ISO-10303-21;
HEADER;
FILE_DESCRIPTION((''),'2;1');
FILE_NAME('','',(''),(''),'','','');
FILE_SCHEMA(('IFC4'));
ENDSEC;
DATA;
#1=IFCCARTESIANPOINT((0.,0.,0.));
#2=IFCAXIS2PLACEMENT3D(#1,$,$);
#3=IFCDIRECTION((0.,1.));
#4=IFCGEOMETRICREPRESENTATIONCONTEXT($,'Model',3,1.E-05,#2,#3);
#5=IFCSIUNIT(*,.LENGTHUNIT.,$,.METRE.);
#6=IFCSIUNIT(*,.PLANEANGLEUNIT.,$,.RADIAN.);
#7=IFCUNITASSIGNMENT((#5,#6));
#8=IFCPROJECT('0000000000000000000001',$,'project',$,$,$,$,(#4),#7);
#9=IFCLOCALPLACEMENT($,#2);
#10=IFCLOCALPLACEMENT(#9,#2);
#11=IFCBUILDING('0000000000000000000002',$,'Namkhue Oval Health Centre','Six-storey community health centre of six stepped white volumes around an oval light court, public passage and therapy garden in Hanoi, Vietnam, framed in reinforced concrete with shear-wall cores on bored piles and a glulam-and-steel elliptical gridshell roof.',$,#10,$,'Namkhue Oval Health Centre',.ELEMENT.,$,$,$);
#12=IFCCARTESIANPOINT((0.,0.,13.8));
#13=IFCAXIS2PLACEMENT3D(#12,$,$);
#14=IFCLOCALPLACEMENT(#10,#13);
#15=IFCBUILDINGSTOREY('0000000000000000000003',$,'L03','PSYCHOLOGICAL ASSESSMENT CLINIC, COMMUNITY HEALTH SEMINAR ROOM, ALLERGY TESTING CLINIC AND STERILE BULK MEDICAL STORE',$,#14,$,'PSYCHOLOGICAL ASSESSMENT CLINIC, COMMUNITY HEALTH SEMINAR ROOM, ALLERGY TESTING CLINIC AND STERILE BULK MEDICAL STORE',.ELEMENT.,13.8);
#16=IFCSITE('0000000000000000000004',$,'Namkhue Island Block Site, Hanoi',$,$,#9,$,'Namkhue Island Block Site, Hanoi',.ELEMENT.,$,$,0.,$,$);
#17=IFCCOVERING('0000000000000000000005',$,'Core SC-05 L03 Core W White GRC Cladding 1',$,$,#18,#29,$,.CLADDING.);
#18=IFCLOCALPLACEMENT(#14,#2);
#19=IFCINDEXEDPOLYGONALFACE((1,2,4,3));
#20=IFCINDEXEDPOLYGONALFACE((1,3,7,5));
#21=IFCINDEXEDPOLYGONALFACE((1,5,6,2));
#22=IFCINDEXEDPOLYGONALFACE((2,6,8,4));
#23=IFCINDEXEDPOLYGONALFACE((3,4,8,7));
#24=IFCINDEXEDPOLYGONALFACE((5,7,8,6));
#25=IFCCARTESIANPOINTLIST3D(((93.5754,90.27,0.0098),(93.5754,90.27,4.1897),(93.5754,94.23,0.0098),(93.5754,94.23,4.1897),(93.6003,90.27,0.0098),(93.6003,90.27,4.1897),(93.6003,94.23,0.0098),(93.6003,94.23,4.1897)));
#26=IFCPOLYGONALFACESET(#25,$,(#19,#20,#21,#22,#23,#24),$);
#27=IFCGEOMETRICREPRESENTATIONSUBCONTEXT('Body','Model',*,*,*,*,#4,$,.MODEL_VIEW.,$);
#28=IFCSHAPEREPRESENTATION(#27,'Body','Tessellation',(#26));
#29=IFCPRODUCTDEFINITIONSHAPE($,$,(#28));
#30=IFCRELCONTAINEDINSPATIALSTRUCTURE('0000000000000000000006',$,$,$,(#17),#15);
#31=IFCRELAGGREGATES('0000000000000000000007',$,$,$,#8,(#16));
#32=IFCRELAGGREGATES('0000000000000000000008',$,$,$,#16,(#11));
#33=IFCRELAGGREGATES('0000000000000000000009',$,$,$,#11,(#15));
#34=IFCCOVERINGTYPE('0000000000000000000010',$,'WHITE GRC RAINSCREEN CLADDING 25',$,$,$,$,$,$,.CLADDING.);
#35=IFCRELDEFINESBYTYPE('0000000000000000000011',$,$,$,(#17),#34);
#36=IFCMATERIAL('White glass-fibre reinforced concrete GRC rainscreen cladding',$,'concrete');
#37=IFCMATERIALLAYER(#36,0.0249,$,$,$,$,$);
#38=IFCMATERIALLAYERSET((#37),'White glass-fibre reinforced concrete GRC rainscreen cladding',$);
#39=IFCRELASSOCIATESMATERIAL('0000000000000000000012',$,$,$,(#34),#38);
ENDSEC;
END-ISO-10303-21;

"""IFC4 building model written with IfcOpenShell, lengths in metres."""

from ifc_helpers import new_model, si_unit, direction, frame, origin, origin_2d, place, context, subcontext, project, spatial, rectangle, extrude, material, layer, layer_set, type_object, element, save


model = new_model("IFC4")

# Units and contexts
model_context = context("Model", 3, precision=1e-05, world=origin(), true_north=direction((0.0, 1.0)))
body_context = subcontext(model_context, "Body", "Model", "MODEL_VIEW")
ifc_project = project(units=[si_unit("LENGTHUNIT", "METRE"), si_unit("PLANEANGLEUNIT", "RADIAN")], contexts=[model_context])

# Site, building, storey
site_placement = place(None, origin())
site = spatial("IfcSite", under=ifc_project, at=site_placement, Name="Namkhue Island Block Site, Hanoi", LongName="Namkhue Island Block Site, Hanoi", CompositionType="ELEMENT", RefElevation=0.0)
building_placement = place(site_placement, origin())
building = spatial("IfcBuilding", under=site, at=building_placement, Name="Namkhue Oval Health Centre", Description="Six-storey community health centre of six stepped white volumes around an oval light court, public passage and therapy garden in Hanoi, Vietnam, framed in reinforced concrete with shear-wall cores on bored piles and a glulam-and-steel elliptical gridshell roof.", LongName="Namkhue Oval Health Centre", CompositionType="ELEMENT")
storey_placement = place(building_placement, frame((0.0, 0.0, 13.8)))
storey = spatial("IfcBuildingStorey", under=building, at=storey_placement, Name="L03", Description="PSYCHOLOGICAL ASSESSMENT CLINIC, COMMUNITY HEALTH SEMINAR ROOM, ALLERGY TESTING CLINIC AND STERILE BULK MEDICAL STORE", LongName="PSYCHOLOGICAL ASSESSMENT CLINIC, COMMUNITY HEALTH SEMINAR ROOM, ALLERGY TESTING CLINIC AND STERILE BULK MEDICAL STORE", CompositionType="ELEMENT", Elevation=13.8)

# Covering
ifc_material_1 = material(Name="White glass-fibre reinforced concrete GRC rainscreen cladding", Category="concrete")
ifc_layer_1 = layer(ifc_material_1, 0.0249)
ifc_layer_set_1 = layer_set([ifc_layer_1], Name="White glass-fibre reinforced concrete GRC rainscreen cladding")
covering_type = type_object("IfcCoveringType", Name="WHITE GRC RAINSCREEN CLADDING 25", PredefinedType="CLADDING", material=ifc_layer_set_1)
for number, where, z_axis, x_axis, name in (
    (1, (93.5879, 92.25, 0.0098), (0.0, 0.0, 1.0), (0.0, -1.0, 0.0), "Core SC-05 L03 Core W White GRC Cladding 1"),
):
    element("IfcCovering", number, at=place(storey_placement, frame(where, z_axis=z_axis, x_axis=x_axis)), inside=storey, type_object=covering_type, Name=name, PredefinedType="CLADDING", context=body_context, shape_type="SweptSolid", body=[
        extrude(rectangle(XDim=3.96, YDim=0.0249, at=origin_2d()), origin(), (0.0, 0.0, 1.0), 4.1799),
    ])

save(model, "model.ifc")
